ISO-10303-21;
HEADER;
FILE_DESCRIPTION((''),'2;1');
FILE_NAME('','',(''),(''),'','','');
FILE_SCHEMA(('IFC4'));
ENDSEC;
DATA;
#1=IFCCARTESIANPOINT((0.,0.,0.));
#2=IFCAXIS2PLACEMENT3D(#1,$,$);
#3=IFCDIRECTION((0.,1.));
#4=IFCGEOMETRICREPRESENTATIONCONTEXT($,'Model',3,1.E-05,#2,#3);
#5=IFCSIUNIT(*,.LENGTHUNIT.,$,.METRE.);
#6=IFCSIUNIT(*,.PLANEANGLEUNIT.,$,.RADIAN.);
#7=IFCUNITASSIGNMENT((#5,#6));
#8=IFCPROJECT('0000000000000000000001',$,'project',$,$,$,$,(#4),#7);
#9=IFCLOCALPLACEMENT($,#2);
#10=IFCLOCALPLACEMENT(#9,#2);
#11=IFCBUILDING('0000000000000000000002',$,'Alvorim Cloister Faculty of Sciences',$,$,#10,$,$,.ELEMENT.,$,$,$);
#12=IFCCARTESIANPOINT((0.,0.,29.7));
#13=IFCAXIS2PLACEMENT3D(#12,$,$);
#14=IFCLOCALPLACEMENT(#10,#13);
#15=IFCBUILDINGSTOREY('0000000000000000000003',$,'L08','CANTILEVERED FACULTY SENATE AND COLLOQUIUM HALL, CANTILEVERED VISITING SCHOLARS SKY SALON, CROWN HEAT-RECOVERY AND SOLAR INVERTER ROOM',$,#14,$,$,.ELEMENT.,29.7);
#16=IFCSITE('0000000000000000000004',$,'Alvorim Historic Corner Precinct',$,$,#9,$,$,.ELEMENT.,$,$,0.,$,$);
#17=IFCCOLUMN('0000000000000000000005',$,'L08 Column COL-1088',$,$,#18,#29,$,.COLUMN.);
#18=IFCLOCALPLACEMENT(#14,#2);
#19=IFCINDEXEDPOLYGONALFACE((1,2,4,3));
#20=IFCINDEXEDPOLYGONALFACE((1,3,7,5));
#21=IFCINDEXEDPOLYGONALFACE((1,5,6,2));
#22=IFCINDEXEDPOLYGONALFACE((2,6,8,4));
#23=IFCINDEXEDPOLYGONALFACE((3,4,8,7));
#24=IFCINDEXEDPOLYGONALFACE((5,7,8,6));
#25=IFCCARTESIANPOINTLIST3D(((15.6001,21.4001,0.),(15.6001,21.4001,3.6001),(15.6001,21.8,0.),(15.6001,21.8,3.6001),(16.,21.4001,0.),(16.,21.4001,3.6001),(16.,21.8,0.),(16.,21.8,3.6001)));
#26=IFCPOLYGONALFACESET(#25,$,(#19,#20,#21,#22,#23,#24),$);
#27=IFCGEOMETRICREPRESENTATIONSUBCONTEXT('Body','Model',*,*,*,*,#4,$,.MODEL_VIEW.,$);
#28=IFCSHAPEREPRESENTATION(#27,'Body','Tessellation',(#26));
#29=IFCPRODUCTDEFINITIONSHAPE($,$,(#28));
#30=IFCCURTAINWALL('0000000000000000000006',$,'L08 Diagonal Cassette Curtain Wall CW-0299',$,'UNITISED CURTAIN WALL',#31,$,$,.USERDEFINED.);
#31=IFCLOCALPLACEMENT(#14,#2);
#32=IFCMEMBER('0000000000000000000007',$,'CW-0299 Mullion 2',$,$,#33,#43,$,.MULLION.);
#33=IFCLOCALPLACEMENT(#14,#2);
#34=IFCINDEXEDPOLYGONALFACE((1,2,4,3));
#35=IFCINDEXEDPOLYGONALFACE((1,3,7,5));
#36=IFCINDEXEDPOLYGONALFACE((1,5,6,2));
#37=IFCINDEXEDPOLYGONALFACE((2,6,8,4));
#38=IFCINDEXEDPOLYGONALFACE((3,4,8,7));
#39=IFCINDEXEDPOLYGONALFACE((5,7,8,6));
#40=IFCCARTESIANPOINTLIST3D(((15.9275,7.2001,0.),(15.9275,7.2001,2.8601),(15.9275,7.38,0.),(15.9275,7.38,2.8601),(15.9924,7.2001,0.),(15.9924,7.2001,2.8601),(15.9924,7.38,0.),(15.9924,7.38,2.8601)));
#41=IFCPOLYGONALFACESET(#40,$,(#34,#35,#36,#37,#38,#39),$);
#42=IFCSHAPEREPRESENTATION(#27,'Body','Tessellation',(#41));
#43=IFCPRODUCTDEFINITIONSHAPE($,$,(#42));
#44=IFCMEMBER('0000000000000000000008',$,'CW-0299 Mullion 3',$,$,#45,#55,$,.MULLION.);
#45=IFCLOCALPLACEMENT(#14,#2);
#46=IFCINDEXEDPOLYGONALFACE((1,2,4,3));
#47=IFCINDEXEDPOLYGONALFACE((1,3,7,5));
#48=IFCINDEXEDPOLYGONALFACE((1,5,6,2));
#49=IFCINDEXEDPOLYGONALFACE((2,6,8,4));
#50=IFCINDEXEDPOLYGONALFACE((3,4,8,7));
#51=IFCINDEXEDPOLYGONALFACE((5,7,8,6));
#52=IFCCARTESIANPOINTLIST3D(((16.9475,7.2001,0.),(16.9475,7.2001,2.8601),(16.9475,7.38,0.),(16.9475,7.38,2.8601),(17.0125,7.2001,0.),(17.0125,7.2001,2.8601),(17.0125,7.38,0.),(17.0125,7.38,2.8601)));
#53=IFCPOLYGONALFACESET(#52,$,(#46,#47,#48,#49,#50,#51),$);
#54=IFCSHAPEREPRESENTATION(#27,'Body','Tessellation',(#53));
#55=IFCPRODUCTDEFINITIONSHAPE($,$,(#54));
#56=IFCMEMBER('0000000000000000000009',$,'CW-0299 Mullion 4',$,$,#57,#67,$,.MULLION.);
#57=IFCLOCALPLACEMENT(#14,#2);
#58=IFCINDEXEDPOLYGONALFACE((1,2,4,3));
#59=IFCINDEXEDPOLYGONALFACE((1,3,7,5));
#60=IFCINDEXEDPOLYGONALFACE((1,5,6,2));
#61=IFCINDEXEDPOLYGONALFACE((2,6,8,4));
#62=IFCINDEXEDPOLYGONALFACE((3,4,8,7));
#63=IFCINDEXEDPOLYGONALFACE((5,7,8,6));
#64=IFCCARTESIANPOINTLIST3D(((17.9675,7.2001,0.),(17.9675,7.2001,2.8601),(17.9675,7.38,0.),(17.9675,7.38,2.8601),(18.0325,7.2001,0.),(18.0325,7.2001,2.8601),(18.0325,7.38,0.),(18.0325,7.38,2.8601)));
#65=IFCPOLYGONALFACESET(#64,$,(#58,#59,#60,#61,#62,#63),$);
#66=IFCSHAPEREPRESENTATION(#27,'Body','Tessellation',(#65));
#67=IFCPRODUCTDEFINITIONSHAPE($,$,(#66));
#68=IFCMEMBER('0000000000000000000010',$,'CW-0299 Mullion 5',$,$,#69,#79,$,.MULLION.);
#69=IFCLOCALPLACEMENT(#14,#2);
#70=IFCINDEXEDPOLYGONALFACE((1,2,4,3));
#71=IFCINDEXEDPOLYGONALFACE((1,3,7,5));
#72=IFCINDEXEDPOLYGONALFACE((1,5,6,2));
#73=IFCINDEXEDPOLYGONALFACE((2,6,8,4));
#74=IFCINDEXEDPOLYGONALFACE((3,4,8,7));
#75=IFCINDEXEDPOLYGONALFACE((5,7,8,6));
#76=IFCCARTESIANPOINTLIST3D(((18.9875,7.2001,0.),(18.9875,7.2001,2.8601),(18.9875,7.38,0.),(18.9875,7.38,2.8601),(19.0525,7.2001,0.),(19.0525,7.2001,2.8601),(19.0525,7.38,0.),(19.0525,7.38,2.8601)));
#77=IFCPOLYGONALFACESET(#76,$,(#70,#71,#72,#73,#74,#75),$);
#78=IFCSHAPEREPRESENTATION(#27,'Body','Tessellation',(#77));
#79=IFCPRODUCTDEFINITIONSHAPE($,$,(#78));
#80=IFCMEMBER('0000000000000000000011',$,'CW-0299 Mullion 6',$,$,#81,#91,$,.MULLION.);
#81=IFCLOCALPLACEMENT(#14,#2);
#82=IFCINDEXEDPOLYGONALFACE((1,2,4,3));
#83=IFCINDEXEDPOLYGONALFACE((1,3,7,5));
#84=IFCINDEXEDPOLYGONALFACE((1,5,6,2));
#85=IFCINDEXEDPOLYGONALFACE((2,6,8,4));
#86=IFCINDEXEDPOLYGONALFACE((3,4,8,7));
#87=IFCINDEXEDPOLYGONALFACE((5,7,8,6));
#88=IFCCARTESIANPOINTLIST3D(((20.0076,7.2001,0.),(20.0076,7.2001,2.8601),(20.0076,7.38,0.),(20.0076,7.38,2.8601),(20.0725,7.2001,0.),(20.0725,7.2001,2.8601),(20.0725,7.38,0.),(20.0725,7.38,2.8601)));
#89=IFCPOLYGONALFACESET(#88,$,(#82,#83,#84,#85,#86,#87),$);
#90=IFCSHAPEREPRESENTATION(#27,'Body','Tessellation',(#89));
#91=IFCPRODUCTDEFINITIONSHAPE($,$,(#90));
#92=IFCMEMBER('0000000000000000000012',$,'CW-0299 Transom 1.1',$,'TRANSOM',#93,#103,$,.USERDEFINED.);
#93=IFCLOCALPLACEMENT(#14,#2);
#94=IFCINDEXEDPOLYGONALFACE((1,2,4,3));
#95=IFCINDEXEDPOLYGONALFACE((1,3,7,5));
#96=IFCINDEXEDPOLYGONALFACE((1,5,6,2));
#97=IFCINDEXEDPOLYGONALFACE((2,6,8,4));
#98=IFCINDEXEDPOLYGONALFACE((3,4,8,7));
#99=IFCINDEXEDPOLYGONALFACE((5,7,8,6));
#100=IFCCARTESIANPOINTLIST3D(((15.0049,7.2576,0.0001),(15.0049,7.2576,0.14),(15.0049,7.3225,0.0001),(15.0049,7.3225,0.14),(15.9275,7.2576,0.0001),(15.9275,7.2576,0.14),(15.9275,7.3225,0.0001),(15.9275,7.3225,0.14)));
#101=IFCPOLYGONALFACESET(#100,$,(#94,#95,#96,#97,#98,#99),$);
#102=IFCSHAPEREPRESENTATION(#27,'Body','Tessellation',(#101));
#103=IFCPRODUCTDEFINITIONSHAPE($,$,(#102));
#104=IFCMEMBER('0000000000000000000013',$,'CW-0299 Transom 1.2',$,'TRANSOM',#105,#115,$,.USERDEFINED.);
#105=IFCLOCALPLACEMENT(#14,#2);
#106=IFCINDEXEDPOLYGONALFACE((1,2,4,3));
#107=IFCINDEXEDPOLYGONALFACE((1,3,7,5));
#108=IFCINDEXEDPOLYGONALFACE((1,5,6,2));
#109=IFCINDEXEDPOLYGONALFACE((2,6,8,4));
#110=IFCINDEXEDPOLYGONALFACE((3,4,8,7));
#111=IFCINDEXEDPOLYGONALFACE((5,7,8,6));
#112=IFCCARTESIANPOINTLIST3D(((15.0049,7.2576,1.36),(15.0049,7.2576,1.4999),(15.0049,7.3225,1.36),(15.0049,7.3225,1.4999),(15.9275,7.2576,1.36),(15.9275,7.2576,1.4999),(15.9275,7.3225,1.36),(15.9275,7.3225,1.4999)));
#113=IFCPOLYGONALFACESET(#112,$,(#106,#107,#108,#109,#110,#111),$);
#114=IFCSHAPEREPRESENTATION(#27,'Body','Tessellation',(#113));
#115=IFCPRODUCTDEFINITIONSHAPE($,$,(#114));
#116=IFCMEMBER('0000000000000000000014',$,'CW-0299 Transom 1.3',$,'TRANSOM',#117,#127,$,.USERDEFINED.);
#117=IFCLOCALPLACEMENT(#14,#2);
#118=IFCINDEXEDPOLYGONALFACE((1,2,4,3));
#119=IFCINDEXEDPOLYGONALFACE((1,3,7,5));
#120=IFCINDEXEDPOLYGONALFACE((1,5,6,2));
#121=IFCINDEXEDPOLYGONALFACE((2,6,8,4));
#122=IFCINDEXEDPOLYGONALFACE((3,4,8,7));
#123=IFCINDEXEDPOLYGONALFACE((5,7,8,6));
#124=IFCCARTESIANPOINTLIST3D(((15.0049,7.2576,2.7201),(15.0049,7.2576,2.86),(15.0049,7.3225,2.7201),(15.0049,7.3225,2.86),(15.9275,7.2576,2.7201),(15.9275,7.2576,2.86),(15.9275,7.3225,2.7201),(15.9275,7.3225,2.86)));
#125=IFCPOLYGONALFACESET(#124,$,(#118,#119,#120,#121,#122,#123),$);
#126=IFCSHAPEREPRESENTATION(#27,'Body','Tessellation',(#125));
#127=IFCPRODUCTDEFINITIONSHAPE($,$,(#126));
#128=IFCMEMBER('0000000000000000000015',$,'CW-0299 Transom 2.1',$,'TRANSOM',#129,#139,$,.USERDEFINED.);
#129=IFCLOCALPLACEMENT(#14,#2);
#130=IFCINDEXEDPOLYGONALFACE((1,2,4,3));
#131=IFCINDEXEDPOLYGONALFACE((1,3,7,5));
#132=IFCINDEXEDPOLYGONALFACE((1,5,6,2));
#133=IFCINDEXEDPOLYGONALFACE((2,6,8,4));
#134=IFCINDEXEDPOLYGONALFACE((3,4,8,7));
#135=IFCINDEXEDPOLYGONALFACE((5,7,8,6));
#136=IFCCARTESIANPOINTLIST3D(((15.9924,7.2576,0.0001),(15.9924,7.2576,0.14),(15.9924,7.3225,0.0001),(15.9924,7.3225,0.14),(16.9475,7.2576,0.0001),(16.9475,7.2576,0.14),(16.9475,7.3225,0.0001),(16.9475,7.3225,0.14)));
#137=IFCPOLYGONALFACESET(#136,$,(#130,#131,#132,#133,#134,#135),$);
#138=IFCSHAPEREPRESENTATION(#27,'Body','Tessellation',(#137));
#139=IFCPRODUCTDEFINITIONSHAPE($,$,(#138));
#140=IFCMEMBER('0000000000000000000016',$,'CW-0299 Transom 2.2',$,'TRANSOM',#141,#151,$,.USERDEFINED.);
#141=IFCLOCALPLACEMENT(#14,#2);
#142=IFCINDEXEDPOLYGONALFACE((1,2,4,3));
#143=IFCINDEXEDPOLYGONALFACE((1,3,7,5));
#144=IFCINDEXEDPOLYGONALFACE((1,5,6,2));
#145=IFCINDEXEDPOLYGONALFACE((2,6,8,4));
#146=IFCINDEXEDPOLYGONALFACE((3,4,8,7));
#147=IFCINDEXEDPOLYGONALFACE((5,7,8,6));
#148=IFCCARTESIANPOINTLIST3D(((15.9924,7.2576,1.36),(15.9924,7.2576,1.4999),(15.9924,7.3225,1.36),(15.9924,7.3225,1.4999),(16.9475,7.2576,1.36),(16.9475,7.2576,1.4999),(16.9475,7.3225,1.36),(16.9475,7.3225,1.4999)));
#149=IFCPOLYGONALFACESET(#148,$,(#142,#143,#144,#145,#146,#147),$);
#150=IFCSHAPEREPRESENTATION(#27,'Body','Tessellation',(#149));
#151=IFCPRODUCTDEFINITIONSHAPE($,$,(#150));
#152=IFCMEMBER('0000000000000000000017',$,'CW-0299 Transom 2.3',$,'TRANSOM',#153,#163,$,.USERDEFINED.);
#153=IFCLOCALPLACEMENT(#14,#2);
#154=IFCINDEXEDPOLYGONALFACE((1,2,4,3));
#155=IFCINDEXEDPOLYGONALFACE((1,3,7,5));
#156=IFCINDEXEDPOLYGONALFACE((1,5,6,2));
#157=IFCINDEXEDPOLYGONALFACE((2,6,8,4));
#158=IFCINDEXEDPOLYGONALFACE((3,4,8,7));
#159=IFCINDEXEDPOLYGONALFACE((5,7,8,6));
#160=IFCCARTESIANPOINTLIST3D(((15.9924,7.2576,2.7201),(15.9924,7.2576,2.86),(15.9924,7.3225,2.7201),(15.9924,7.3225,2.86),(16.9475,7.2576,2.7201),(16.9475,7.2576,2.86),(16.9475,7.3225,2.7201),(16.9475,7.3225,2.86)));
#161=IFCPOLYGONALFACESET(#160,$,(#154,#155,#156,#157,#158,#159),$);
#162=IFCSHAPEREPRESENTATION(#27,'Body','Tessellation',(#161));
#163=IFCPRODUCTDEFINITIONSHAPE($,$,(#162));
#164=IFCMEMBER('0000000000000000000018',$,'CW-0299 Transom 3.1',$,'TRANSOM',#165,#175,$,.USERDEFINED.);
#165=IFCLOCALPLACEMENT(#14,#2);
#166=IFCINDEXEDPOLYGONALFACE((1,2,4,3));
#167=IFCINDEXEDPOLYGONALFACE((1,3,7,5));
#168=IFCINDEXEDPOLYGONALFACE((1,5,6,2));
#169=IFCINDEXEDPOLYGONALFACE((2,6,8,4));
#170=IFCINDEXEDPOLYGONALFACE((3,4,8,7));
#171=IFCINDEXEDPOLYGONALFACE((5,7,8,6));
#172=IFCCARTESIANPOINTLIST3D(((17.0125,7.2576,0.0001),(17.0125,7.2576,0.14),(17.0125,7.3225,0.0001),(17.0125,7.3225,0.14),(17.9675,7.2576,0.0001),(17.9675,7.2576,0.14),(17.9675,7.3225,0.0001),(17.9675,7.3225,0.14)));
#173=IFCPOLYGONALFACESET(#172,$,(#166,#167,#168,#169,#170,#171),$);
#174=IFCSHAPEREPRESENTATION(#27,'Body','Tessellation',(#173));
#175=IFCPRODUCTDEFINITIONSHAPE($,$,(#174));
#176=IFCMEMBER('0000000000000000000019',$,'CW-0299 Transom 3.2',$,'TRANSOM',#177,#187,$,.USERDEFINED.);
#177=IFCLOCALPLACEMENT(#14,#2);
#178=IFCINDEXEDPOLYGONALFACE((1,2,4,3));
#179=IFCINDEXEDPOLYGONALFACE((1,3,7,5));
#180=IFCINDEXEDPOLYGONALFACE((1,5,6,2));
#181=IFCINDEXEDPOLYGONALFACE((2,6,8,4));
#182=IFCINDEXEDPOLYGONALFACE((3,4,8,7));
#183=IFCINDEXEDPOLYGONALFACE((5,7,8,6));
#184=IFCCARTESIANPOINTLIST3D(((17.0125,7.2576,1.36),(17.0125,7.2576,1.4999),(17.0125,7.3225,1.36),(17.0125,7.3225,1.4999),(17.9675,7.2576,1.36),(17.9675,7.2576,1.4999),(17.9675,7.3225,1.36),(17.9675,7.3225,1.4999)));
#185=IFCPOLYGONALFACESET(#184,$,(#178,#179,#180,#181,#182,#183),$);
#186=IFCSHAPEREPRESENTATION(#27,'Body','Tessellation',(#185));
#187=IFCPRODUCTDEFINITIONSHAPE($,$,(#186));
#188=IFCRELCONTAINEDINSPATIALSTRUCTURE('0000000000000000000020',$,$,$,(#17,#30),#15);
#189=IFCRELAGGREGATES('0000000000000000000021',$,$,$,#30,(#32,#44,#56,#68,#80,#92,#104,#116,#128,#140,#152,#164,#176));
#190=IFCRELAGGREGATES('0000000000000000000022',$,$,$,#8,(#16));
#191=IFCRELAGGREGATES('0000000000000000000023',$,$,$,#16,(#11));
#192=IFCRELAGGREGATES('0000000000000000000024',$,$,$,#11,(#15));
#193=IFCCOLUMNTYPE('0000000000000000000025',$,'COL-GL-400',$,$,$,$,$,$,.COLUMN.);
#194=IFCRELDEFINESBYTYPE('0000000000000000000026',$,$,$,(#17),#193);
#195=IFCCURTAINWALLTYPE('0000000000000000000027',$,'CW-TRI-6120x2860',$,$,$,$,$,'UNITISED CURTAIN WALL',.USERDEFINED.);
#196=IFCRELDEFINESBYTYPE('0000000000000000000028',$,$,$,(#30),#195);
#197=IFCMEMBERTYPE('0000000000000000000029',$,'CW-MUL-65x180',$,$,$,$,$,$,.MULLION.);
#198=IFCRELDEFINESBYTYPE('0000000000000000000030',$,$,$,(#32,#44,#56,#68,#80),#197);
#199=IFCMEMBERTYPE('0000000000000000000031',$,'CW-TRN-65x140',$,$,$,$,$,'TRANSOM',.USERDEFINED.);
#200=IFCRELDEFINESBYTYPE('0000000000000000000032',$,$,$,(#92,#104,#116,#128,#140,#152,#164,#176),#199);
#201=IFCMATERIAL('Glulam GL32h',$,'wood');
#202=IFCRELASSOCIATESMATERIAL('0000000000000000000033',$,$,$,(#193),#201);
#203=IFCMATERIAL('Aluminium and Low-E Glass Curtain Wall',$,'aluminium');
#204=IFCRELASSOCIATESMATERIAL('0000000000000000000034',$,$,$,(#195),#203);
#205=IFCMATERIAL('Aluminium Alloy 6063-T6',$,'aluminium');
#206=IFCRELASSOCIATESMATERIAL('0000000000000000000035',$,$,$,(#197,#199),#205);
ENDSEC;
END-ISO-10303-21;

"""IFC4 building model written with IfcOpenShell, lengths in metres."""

from ifc_helpers import new_model, si_unit, direction, frame, origin, origin_2d, place, context, subcontext, project, spatial, rectangle, extrude, material, material_profile, profile_set, type_object, element, aggregate, save


model = new_model("IFC4")

# Units and contexts
model_context = context("Model", 3, precision=1e-05, world=origin(), true_north=direction((0.0, 1.0)))
body_context = subcontext(model_context, "Body", "Model", "MODEL_VIEW")
ifc_project = project(units=[si_unit("LENGTHUNIT", "METRE"), si_unit("PLANEANGLEUNIT", "RADIAN")], contexts=[model_context])

# Site, building, storey
site_placement = place(None, origin())
site = spatial("IfcSite", under=ifc_project, at=site_placement, Name="Alvorim Historic Corner Precinct", CompositionType="ELEMENT", RefElevation=0.0)
building_placement = place(site_placement, origin())
building = spatial("IfcBuilding", under=site, at=building_placement, Name="Alvorim Cloister Faculty of Sciences", CompositionType="ELEMENT")
storey_placement = place(building_placement, frame((0.0, 0.0, 29.7)))
storey = spatial("IfcBuildingStorey", under=building, at=storey_placement, Name="L08", Description="CANTILEVERED FACULTY SENATE AND COLLOQUIUM HALL, CANTILEVERED VISITING SCHOLARS SKY SALON, CROWN HEAT-RECOVERY AND SOLAR INVERTER ROOM", CompositionType="ELEMENT", Elevation=29.7)

# Column
ifc_material_1 = material(Name="Glulam GL32h", Category="wood")
ifc_material_profile_1 = material_profile(ifc_material_1, rectangle(XDim=0.3999, YDim=0.3999, at=origin_2d()), Name="GL32-COL-400x400")
ifc_profile_set_1 = profile_set([ifc_material_profile_1], Name="Glulam GL32h")
column_type = type_object("IfcColumnType", Name="COL-GL-400", PredefinedType="COLUMN", material=ifc_profile_set_1)
column_placement = place(storey_placement, frame((15.8, 21.6001, 0.0), z_axis=(0.0, 0.0, 1.0), x_axis=(1.0, 0.0, 0.0)))
element("IfcColumn", 1, at=column_placement, inside=storey, type_object=column_type, Name="L08 Column COL-1088", PredefinedType="COLUMN", context=body_context, shape_type="SweptSolid", body=[
    extrude(rectangle(XDim=0.3999, YDim=0.3999, at=origin_2d()), origin(), (0.0, 0.0, 1.0), 3.6001),
])

# Curtain wall, members
ifc_material_2 = material(Name="Aluminium and Low-E Glass Curtain Wall", Category="aluminium")
curtain_wall_type = type_object("IfcCurtainWallType", Name="CW-TRI-6120x2860", ElementType="UNITISED CURTAIN WALL", PredefinedType="USERDEFINED", material=ifc_material_2)
curtain_wall_placement = place(storey_placement, origin())
curtain_wall = element("IfcCurtainWall", 2, at=curtain_wall_placement, inside=storey, type_object=curtain_wall_type, Name="L08 Diagonal Cassette Curtain Wall CW-0299", ObjectType="UNITISED CURTAIN WALL", PredefinedType="USERDEFINED")
ifc_material_3 = material(Name="Aluminium Alloy 6063-T6", Category="aluminium")
ifc_material_profile_2 = material_profile(ifc_material_3, rectangle(XDim=0.0649, YDim=0.1799, at=origin_2d()), Name="ALU-MUL-65x180")
ifc_profile_set_2 = profile_set([ifc_material_profile_2], Name="Aluminium Alloy 6063-T6")
member_type_1 = type_object("IfcMemberType", Name="CW-MUL-65x180", PredefinedType="MULLION", material=ifc_profile_set_2)
member_1_placement = place(storey_placement, frame((15.96, 7.29, 0.0), z_axis=(0.0, 0.0, 1.0), x_axis=(1.0, 0.0, 0.0)))
member_1 = element("IfcMember", 3, at=member_1_placement, type_object=member_type_1, Name="CW-0299 Mullion 2", PredefinedType="MULLION", context=body_context, shape_type="SweptSolid", body=[
    extrude(rectangle(XDim=0.0649, YDim=0.1799, at=origin_2d()), origin(), (0.0, 0.0, 1.0), 2.8601),
])
member_2_placement = place(storey_placement, frame((16.98, 7.29, 0.0), z_axis=(0.0, 0.0, 1.0), x_axis=(1.0, 0.0, 0.0)))
member_2 = element("IfcMember", 4, at=member_2_placement, type_object=member_type_1, Name="CW-0299 Mullion 3", PredefinedType="MULLION", context=body_context, shape_type="SweptSolid", body=[
    extrude(rectangle(XDim=0.0649, YDim=0.1799, at=origin_2d()), origin(), (0.0, 0.0, 1.0), 2.8601),
])
member_3_placement = place(storey_placement, frame((18.0, 7.29, 0.0), z_axis=(0.0, 0.0, 1.0), x_axis=(1.0, 0.0, 0.0)))
member_3 = element("IfcMember", 5, at=member_3_placement, type_object=member_type_1, Name="CW-0299 Mullion 4", PredefinedType="MULLION", context=body_context, shape_type="SweptSolid", body=[
    extrude(rectangle(XDim=0.0649, YDim=0.1799, at=origin_2d()), origin(), (0.0, 0.0, 1.0), 2.8601),
])
member_4_placement = place(storey_placement, frame((19.02, 7.29, 0.0), z_axis=(0.0, 0.0, 1.0), x_axis=(1.0, 0.0, 0.0)))
member_4 = element("IfcMember", 6, at=member_4_placement, type_object=member_type_1, Name="CW-0299 Mullion 5", PredefinedType="MULLION", context=body_context, shape_type="SweptSolid", body=[
    extrude(rectangle(XDim=0.0649, YDim=0.1799, at=origin_2d()), origin(), (0.0, 0.0, 1.0), 2.8601),
])
member_5_placement = place(storey_placement, frame((20.04, 7.29, 0.0), z_axis=(0.0, 0.0, 1.0), x_axis=(1.0, 0.0, 0.0)))
member_5 = element("IfcMember", 7, at=member_5_placement, type_object=member_type_1, Name="CW-0299 Mullion 6", PredefinedType="MULLION", context=body_context, shape_type="SweptSolid", body=[
    extrude(rectangle(XDim=0.0649, YDim=0.1799, at=origin_2d()), origin(), (0.0, 0.0, 1.0), 2.8601),
])
ifc_material_profile_3 = material_profile(ifc_material_3, rectangle(XDim=0.0649, YDim=0.1399, at=origin_2d()), Name="ALU-TRN-65x140")
ifc_profile_set_3 = profile_set([ifc_material_profile_3], Name="Aluminium Alloy 6063-T6")
member_type_2 = type_object("IfcMemberType", Name="CW-TRN-65x140", ElementType="TRANSOM", PredefinedType="USERDEFINED", material=ifc_profile_set_3)
member_6_placement = place(storey_placement, frame((15.0049, 7.29, 0.0701), z_axis=(1.0, 0.0, 0.0), x_axis=(0.0, 1.0, 0.0)))
member_6 = element("IfcMember", 8, at=member_6_placement, type_object=member_type_2, Name="CW-0299 Transom 1.1", ObjectType="TRANSOM", PredefinedType="USERDEFINED", context=body_context, shape_type="SweptSolid", body=[
    extrude(rectangle(XDim=0.0649, YDim=0.1399, at=origin_2d()), origin(), (0.0, 0.0, 1.0), 0.9226),
])
member_7_placement = place(storey_placement, frame((15.0049, 7.29, 1.4299), z_axis=(1.0, 0.0, 0.0), x_axis=(0.0, 1.0, 0.0)))
member_7 = element("IfcMember", 9, at=member_7_placement, type_object=member_type_2, Name="CW-0299 Transom 1.2", ObjectType="TRANSOM", PredefinedType="USERDEFINED", context=body_context, shape_type="SweptSolid", body=[
    extrude(rectangle(XDim=0.0649, YDim=0.1399, at=origin_2d()), origin(), (0.0, 0.0, 1.0), 0.9226),
])
member_8_placement = place(storey_placement, frame((15.0049, 7.29, 2.79), z_axis=(1.0, 0.0, 0.0), x_axis=(0.0, 1.0, 0.0)))
member_8 = element("IfcMember", 10, at=member_8_placement, type_object=member_type_2, Name="CW-0299 Transom 1.3", ObjectType="TRANSOM", PredefinedType="USERDEFINED", context=body_context, shape_type="SweptSolid", body=[
    extrude(rectangle(XDim=0.0649, YDim=0.1399, at=origin_2d()), origin(), (0.0, 0.0, 1.0), 0.9226),
])
member_9_placement = place(storey_placement, frame((15.9924, 7.29, 0.0701), z_axis=(1.0, 0.0, 0.0), x_axis=(0.0, 1.0, 0.0)))
member_9 = element("IfcMember", 11, at=member_9_placement, type_object=member_type_2, Name="CW-0299 Transom 2.1", ObjectType="TRANSOM", PredefinedType="USERDEFINED", context=body_context, shape_type="SweptSolid", body=[
    extrude(rectangle(XDim=0.0649, YDim=0.1399, at=origin_2d()), origin(), (0.0, 0.0, 1.0), 0.9551),
])
member_10_placement = place(storey_placement, frame((15.9924, 7.29, 1.4299), z_axis=(1.0, 0.0, 0.0), x_axis=(0.0, 1.0, 0.0)))
member_10 = element("IfcMember", 12, at=member_10_placement, type_object=member_type_2, Name="CW-0299 Transom 2.2", ObjectType="TRANSOM", PredefinedType="USERDEFINED", context=body_context, shape_type="SweptSolid", body=[
    extrude(rectangle(XDim=0.0649, YDim=0.1399, at=origin_2d()), origin(), (0.0, 0.0, 1.0), 0.9551),
])
member_11_placement = place(storey_placement, frame((15.9924, 7.29, 2.79), z_axis=(1.0, 0.0, 0.0), x_axis=(0.0, 1.0, 0.0)))
member_11 = element("IfcMember", 13, at=member_11_placement, type_object=member_type_2, Name="CW-0299 Transom 2.3", ObjectType="TRANSOM", PredefinedType="USERDEFINED", context=body_context, shape_type="SweptSolid", body=[
    extrude(rectangle(XDim=0.0649, YDim=0.1399, at=origin_2d()), origin(), (0.0, 0.0, 1.0), 0.9551),
])
member_12_placement = place(storey_placement, frame((17.0125, 7.29, 0.0701), z_axis=(1.0, 0.0, 0.0), x_axis=(0.0, 1.0, 0.0)))
member_12 = element("IfcMember", 14, at=member_12_placement, type_object=member_type_2, Name="CW-0299 Transom 3.1", ObjectType="TRANSOM", PredefinedType="USERDEFINED", context=body_context, shape_type="SweptSolid", body=[
    extrude(rectangle(XDim=0.0649, YDim=0.1399, at=origin_2d()), origin(), (0.0, 0.0, 1.0), 0.9551),
])
member_13_placement = place(storey_placement, frame((17.0125, 7.29, 1.4299), z_axis=(1.0, 0.0, 0.0), x_axis=(0.0, 1.0, 0.0)))
member_13 = element("IfcMember", 15, at=member_13_placement, type_object=member_type_2, Name="CW-0299 Transom 3.2", ObjectType="TRANSOM", PredefinedType="USERDEFINED", context=body_context, shape_type="SweptSolid", body=[
    extrude(rectangle(XDim=0.0649, YDim=0.1399, at=origin_2d()), origin(), (0.0, 0.0, 1.0), 0.9551),
])
aggregate(curtain_wall, [member_1, member_2, member_3, member_4, member_5, member_6, member_7, member_8, member_9, member_10, member_11, member_12, member_13])

save(model, "model.ifc")
